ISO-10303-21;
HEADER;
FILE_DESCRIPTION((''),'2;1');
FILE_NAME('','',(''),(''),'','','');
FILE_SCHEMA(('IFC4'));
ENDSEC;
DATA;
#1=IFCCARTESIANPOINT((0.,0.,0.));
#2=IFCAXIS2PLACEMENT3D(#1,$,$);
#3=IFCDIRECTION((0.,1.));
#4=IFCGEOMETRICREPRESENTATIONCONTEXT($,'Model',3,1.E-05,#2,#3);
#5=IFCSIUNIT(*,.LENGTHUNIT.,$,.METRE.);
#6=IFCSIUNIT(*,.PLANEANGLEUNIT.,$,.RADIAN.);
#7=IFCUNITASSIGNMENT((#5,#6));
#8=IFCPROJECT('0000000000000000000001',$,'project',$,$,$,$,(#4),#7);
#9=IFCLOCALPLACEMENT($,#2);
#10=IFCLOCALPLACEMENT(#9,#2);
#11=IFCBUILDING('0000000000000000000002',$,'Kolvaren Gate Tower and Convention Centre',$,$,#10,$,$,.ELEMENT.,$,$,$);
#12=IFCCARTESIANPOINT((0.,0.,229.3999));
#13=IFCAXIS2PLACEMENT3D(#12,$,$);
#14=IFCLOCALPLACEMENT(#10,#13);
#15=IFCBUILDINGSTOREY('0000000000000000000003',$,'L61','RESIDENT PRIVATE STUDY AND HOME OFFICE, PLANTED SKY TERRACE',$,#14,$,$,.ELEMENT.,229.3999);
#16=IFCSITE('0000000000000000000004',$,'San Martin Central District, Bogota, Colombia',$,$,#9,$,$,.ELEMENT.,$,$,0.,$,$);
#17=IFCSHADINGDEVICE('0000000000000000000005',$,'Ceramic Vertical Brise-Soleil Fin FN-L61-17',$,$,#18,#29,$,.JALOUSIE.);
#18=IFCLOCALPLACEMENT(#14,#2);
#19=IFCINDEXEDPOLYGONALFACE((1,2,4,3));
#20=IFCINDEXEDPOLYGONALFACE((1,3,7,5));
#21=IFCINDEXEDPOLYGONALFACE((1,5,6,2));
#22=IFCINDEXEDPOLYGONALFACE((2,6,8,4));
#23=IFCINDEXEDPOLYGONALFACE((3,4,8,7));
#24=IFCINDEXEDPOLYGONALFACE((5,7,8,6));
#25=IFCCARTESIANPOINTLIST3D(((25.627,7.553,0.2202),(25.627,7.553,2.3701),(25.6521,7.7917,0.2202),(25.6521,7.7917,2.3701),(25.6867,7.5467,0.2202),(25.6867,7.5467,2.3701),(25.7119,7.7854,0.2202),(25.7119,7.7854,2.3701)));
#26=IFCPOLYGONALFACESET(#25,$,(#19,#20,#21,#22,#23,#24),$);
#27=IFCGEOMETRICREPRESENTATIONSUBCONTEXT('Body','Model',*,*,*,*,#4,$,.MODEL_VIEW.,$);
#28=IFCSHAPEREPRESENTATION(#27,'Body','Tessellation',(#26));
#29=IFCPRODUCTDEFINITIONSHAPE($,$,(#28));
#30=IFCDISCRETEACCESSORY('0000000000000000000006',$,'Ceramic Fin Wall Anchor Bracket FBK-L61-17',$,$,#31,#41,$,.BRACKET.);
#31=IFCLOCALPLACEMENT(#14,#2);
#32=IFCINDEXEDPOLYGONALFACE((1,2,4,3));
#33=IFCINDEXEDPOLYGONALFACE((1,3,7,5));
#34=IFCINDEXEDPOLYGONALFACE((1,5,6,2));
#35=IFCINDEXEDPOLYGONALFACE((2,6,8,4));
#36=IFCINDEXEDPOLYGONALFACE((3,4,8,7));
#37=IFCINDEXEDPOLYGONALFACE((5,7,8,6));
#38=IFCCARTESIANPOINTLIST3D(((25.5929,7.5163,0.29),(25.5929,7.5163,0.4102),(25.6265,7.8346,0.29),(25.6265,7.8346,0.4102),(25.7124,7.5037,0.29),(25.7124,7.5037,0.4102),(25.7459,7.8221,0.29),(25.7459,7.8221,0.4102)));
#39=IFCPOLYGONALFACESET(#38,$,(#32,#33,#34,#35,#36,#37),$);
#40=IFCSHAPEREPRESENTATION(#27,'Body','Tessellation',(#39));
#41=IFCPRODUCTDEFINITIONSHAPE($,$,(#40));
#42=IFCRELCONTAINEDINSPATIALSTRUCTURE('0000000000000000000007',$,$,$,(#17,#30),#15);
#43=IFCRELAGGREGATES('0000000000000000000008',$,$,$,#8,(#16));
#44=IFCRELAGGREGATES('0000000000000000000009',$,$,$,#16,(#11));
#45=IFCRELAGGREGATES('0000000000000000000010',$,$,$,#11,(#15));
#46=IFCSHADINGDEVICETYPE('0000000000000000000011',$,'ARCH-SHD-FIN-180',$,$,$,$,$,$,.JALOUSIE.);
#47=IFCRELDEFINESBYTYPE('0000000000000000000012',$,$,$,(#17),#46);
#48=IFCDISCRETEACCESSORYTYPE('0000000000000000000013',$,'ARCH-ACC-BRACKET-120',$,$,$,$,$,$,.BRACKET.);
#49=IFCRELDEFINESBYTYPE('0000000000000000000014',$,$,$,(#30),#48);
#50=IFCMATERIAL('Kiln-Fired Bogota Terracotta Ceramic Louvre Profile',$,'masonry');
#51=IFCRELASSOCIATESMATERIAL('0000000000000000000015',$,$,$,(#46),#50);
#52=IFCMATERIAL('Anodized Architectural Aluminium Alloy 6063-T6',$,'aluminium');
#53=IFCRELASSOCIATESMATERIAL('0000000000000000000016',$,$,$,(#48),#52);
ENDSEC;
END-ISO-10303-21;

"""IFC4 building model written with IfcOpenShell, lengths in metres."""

from ifc_helpers import new_model, si_unit, direction, frame, origin, origin_2d, place, context, subcontext, project, spatial, rectangle, extrude, material, type_object, element, save


model = new_model("IFC4")

# Units and contexts
model_context = context("Model", 3, precision=1e-05, world=origin(), true_north=direction((0.0, 1.0)))
body_context = subcontext(model_context, "Body", "Model", "MODEL_VIEW")
ifc_project = project(units=[si_unit("LENGTHUNIT", "METRE"), si_unit("PLANEANGLEUNIT", "RADIAN")], contexts=[model_context])

# Site, building, storey
site_placement = place(None, origin())
site = spatial("IfcSite", under=ifc_project, at=site_placement, Name="San Martin Central District, Bogota, Colombia", CompositionType="ELEMENT", RefElevation=0.0)
building_placement = place(site_placement, origin())
building = spatial("IfcBuilding", under=site, at=building_placement, Name="Kolvaren Gate Tower and Convention Centre", CompositionType="ELEMENT")
storey_placement = place(building_placement, frame((0.0, 0.0, 229.3999)))
storey = spatial("IfcBuildingStorey", under=building, at=storey_placement, Name="L61", Description="RESIDENT PRIVATE STUDY AND HOME OFFICE, PLANTED SKY TERRACE", CompositionType="ELEMENT", Elevation=229.3999)

# Shading device
ifc_material_1 = material(Name="Kiln-Fired Bogota Terracotta Ceramic Louvre Profile", Category="masonry")
shading_device_type = type_object("IfcShadingDeviceType", Name="ARCH-SHD-FIN-180", PredefinedType="JALOUSIE", material=ifc_material_1)
shading_device_placement = place(storey_placement, frame((25.6694, 7.6692, 0.2202), z_axis=(0.0, 0.0, 1.0), x_axis=(0.994499, -0.104747, 0.0)))
element("IfcShadingDevice", 1, at=shading_device_placement, inside=storey, type_object=shading_device_type, Name="Ceramic Vertical Brise-Soleil Fin FN-L61-17", PredefinedType="JALOUSIE", context=body_context, shape_type="SweptSolid", body=[
    extrude(rectangle(XDim=0.0601, YDim=0.24, at=origin_2d()), origin(), (0.0, 0.0, 1.0), 2.1499),
])

# Discrete accessory
ifc_material_2 = material(Name="Anodized Architectural Aluminium Alloy 6063-T6", Category="aluminium")
discrete_accessory_type = type_object("IfcDiscreteAccessoryType", Name="ARCH-ACC-BRACKET-120", PredefinedType="BRACKET", material=ifc_material_2)
discrete_accessory_placement = place(storey_placement, frame((25.6694, 7.6692, 0.29), z_axis=(0.0, 0.0, 1.0), x_axis=(0.994499, -0.104747, 0.0)))
element("IfcDiscreteAccessory", 2, at=discrete_accessory_placement, inside=storey, type_object=discrete_accessory_type, Name="Ceramic Fin Wall Anchor Bracket FBK-L61-17", PredefinedType="BRACKET", context=body_context, shape_type="SweptSolid", body=[
    extrude(rectangle(XDim=0.1201, YDim=0.3201, at=origin_2d()), origin(), (0.0, 0.0, 1.0), 0.1201),
])

save(model, "model.ifc")
